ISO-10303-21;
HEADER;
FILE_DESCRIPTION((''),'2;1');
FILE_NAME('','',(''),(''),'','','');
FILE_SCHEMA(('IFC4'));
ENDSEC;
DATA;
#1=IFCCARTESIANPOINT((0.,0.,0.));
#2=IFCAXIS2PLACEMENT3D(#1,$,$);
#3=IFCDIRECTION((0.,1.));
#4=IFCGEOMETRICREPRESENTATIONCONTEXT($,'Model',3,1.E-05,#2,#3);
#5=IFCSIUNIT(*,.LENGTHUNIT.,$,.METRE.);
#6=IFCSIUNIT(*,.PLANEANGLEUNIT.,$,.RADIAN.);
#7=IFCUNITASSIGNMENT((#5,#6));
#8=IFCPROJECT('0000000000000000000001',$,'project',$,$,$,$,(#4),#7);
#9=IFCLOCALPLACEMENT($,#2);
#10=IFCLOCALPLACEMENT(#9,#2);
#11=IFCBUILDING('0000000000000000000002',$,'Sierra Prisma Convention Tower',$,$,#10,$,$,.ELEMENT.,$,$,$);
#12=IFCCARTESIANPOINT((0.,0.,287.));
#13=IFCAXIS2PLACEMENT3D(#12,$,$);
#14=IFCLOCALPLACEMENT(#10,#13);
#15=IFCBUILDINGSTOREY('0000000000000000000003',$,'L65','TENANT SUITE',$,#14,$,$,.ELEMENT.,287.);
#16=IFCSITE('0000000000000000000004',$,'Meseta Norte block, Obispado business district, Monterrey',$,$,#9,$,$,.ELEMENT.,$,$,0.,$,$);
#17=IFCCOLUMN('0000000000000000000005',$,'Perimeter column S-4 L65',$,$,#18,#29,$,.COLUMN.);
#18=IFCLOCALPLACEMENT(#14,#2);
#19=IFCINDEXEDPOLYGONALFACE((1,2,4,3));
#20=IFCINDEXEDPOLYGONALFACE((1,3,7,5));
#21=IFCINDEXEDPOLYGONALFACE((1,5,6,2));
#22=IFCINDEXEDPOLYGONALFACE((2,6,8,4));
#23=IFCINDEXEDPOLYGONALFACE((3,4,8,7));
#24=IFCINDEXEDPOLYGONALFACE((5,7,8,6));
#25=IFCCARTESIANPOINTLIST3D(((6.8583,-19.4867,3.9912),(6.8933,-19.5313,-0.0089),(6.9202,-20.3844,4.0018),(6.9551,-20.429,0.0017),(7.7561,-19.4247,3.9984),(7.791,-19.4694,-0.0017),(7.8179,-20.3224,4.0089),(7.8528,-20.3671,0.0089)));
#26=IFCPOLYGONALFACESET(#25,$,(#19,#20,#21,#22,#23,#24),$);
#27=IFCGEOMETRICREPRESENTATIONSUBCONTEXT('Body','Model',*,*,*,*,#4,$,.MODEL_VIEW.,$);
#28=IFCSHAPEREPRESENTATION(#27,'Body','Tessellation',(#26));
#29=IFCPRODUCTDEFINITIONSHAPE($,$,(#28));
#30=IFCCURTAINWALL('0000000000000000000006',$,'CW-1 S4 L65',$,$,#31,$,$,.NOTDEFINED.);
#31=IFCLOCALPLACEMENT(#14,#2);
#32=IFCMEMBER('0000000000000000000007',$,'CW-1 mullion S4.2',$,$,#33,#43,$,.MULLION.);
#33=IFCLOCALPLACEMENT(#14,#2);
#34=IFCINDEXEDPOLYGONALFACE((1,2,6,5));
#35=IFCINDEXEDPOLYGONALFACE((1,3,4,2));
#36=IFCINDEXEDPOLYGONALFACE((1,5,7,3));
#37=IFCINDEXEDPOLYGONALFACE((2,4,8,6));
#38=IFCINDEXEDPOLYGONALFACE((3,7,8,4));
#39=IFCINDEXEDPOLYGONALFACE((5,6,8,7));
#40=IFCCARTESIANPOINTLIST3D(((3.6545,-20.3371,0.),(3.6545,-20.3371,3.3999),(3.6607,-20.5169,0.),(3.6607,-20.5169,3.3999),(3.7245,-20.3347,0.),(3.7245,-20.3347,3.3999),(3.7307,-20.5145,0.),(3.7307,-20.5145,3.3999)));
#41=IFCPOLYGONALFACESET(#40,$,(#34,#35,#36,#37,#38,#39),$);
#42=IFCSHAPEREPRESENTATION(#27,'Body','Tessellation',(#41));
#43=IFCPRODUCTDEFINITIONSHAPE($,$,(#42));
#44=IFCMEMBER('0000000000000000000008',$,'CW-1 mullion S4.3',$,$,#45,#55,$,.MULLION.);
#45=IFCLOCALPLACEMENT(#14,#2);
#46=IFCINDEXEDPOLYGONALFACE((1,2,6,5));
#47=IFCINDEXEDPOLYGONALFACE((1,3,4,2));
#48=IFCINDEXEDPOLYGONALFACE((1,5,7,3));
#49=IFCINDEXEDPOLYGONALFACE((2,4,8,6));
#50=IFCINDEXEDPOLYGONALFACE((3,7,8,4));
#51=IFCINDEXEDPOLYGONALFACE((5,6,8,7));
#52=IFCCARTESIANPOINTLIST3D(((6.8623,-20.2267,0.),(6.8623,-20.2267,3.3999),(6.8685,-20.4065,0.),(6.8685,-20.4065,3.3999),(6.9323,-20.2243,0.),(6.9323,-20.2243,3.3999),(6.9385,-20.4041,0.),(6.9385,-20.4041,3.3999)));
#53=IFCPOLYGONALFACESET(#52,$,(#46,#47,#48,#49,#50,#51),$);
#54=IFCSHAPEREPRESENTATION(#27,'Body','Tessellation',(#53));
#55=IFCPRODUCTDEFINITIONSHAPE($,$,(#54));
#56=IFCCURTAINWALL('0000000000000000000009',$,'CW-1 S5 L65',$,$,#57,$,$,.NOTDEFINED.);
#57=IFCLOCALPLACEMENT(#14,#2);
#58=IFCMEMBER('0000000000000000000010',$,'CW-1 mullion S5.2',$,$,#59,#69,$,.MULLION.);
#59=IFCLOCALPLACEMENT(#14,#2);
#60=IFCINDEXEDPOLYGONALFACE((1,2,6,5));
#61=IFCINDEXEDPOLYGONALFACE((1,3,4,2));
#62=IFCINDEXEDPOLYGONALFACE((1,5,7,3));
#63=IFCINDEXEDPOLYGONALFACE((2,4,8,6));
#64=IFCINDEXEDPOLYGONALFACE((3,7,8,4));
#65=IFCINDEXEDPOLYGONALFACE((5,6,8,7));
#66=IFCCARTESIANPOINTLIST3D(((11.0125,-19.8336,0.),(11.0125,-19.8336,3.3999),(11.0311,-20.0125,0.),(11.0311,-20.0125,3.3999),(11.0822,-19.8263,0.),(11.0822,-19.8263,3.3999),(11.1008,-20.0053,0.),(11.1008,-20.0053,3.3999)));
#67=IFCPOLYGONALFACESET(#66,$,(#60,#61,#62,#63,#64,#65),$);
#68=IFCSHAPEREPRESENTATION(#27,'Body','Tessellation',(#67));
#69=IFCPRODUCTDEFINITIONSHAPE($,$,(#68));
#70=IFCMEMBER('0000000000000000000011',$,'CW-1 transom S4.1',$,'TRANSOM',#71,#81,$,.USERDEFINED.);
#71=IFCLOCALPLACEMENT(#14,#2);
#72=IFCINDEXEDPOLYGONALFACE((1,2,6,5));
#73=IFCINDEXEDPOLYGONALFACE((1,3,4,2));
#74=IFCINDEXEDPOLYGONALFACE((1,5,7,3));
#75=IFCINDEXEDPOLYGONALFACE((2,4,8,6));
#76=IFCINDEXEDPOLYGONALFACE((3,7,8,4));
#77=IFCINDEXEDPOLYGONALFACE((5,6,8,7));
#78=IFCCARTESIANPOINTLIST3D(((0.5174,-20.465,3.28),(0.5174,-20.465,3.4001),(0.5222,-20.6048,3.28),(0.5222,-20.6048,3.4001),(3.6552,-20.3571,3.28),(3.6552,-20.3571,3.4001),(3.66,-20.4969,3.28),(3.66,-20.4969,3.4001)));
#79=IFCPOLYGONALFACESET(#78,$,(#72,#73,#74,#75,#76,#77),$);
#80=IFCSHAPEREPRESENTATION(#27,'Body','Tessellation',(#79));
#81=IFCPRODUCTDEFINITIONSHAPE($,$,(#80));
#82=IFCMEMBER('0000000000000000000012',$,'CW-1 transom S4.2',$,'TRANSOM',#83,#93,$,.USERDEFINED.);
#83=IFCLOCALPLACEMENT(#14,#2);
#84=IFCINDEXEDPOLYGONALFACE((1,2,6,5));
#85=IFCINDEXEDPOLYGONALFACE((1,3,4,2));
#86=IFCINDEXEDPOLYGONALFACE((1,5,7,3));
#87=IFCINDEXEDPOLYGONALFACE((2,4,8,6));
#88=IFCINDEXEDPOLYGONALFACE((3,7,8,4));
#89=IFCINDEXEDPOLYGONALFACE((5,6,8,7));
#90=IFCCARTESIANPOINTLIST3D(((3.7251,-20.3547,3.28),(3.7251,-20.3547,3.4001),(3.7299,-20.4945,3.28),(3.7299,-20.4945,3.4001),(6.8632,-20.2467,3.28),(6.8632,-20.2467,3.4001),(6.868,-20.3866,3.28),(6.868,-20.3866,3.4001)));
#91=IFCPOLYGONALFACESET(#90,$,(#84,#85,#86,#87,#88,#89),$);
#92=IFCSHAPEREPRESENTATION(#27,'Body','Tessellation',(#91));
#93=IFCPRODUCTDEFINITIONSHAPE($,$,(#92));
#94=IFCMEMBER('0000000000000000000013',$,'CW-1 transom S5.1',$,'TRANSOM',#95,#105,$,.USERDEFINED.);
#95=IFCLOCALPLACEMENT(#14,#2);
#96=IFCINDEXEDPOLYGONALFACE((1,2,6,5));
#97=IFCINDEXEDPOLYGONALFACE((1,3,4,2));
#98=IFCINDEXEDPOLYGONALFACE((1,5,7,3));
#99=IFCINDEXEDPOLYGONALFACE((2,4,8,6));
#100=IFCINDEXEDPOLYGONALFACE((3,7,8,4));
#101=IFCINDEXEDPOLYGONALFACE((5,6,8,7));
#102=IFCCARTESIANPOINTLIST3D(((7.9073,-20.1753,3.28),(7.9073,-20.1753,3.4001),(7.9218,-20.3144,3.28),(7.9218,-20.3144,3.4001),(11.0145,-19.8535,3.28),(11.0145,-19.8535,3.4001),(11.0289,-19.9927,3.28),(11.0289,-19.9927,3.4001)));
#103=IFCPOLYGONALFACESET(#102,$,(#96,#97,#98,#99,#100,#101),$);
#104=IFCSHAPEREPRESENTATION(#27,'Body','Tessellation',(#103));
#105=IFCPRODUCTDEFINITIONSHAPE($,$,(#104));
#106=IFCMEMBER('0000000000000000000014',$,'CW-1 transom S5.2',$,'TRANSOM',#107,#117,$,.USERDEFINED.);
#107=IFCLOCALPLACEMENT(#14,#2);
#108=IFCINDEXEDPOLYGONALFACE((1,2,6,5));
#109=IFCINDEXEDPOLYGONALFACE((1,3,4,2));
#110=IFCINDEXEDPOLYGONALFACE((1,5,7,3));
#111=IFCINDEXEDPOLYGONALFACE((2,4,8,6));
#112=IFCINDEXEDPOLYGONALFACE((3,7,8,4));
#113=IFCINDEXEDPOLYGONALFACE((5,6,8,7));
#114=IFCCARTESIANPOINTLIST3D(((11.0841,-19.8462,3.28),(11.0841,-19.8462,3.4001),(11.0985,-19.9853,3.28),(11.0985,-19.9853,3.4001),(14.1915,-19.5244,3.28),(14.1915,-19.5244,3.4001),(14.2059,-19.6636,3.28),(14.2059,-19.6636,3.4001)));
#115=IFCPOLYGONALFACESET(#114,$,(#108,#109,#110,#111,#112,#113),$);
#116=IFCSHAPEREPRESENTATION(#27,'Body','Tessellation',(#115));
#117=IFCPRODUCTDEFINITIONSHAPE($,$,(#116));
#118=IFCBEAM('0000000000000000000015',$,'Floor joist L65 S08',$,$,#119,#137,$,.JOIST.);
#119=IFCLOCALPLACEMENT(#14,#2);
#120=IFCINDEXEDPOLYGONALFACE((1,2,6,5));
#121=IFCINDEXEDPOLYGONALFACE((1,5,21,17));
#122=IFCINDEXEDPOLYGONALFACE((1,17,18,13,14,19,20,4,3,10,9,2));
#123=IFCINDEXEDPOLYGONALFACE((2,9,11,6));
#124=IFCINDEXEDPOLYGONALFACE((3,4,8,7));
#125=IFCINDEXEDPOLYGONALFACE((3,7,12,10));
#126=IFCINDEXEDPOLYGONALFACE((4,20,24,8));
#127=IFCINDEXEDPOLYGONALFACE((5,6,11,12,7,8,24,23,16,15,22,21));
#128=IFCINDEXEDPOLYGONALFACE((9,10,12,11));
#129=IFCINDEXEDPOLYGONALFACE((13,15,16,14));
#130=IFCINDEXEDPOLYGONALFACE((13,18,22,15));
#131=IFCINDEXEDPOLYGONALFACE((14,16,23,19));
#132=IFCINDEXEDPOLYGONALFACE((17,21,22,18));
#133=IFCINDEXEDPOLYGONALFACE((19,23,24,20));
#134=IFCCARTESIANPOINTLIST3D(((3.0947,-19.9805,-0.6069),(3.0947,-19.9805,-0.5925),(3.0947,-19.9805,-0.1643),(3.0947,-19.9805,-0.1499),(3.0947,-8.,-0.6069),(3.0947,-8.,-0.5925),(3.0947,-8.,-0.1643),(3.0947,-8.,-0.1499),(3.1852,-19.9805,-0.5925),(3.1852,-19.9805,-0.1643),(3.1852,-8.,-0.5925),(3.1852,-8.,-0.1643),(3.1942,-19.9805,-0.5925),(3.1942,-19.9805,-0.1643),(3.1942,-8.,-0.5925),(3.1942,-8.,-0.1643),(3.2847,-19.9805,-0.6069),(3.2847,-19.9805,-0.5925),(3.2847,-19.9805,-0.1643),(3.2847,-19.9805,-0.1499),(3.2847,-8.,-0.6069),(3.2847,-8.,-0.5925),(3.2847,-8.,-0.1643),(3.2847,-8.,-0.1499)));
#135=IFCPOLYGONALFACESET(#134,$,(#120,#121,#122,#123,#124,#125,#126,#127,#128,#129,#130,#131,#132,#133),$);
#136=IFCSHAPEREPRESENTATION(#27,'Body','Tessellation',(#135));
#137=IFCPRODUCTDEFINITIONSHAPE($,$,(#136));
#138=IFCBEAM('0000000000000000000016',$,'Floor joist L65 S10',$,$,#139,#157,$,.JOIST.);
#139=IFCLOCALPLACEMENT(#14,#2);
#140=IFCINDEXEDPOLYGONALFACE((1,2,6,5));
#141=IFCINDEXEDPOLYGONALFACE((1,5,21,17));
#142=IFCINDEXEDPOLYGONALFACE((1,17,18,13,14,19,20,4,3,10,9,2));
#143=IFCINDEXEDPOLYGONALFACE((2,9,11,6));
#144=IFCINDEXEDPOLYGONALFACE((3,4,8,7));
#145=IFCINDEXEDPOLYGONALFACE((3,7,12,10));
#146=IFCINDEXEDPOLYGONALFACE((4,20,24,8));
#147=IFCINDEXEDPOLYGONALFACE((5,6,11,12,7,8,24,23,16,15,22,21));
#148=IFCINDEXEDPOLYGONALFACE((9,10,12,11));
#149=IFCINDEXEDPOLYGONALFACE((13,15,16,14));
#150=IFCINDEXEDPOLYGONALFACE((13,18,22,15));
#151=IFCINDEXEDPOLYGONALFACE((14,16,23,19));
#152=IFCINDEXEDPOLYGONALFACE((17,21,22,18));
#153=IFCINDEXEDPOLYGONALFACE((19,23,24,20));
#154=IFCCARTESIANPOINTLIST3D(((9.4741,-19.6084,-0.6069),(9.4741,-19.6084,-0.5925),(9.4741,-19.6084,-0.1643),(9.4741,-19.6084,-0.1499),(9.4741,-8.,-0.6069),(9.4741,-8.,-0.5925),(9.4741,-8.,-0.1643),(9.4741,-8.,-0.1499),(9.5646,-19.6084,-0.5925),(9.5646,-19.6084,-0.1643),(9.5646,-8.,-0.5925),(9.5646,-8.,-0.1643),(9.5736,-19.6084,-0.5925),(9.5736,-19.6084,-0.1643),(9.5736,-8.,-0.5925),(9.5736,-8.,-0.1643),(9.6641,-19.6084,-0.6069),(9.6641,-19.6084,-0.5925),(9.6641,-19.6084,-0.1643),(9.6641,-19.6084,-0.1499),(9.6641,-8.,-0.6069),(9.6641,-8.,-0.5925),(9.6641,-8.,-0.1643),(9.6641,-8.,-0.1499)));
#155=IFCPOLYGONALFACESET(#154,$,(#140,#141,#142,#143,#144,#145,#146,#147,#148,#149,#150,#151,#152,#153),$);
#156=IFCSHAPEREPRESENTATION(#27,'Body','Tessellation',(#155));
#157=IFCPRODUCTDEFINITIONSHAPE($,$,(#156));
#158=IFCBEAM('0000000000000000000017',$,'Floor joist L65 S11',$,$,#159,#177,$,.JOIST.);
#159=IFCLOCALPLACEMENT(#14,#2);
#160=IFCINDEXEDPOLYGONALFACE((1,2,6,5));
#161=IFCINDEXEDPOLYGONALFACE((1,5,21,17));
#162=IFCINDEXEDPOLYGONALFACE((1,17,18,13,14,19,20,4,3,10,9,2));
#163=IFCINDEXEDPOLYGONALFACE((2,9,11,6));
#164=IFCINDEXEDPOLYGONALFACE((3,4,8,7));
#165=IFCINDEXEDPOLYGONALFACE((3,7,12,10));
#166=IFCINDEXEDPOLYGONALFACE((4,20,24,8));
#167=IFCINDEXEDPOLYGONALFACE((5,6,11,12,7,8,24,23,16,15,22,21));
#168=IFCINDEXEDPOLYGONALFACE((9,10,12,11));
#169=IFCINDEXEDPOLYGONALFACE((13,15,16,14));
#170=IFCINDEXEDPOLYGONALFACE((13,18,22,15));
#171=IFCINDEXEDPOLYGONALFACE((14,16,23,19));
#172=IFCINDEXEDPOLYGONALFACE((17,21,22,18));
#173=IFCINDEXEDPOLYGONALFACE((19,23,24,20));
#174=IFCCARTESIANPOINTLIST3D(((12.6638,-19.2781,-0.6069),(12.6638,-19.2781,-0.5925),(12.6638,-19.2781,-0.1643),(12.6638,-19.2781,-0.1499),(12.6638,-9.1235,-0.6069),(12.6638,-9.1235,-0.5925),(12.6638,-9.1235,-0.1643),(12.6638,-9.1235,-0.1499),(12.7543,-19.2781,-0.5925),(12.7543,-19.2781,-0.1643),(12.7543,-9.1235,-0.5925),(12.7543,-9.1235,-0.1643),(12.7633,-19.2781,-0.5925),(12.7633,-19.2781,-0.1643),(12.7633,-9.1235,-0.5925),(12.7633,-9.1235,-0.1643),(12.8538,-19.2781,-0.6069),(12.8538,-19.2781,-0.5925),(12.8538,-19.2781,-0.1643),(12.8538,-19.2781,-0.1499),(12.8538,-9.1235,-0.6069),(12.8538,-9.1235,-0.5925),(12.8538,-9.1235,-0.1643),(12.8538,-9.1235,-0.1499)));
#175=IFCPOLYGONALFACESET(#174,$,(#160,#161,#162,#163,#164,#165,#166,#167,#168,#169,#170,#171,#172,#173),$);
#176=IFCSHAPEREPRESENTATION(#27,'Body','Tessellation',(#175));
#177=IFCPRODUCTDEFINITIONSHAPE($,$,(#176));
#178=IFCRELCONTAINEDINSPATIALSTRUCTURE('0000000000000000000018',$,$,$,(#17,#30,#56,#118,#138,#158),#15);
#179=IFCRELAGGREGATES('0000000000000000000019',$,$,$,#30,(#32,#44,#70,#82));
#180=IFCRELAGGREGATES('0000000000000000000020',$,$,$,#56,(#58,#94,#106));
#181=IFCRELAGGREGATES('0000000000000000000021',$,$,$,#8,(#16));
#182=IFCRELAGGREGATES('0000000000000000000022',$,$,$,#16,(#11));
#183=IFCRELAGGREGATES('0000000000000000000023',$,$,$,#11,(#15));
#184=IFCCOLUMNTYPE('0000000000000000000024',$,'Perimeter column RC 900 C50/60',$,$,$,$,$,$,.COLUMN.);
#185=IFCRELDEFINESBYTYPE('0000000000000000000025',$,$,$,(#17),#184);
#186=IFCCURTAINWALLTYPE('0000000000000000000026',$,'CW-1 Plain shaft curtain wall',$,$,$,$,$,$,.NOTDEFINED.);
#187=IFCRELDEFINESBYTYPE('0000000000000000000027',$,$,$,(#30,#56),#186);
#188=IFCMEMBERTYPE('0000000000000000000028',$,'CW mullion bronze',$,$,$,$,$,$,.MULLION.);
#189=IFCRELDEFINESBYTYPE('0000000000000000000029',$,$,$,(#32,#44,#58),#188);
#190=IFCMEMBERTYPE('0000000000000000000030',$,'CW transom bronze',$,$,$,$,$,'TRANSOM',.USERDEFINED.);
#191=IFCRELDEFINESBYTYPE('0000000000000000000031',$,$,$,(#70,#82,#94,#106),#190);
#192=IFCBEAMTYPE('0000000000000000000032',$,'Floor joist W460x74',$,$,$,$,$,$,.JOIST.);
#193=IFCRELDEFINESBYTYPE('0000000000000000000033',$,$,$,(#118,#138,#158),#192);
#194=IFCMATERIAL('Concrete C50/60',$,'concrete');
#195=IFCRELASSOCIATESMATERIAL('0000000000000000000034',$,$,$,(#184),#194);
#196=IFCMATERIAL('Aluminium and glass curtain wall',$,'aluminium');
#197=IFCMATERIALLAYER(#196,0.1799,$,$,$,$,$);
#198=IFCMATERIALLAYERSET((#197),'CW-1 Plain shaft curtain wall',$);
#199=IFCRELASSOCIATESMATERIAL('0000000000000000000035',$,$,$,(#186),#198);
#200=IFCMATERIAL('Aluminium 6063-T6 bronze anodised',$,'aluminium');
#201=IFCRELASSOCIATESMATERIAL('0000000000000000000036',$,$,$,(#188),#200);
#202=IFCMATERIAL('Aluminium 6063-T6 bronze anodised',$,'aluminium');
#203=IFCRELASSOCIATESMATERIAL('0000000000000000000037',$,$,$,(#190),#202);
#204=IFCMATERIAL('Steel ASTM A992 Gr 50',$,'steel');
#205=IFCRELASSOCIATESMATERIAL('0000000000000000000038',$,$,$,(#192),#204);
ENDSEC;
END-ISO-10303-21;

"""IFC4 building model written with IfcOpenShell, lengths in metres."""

from ifc_helpers import new_model, si_unit, direction, frame, origin, origin_2d, place, context, subcontext, project, spatial, rectangle, i_section, extrude, material, layer, layer_set, material_profile, profile_set, type_object, element, aggregate, save


model = new_model("IFC4")

# Units and contexts
model_context = context("Model", 3, precision=1e-05, world=origin(), true_north=direction((0.0, 1.0)))
body_context = subcontext(model_context, "Body", "Model", "MODEL_VIEW")
ifc_project = project(units=[si_unit("LENGTHUNIT", "METRE"), si_unit("PLANEANGLEUNIT", "RADIAN")], contexts=[model_context])

# Site, building, storey
site_placement = place(None, origin())
site = spatial("IfcSite", under=ifc_project, at=site_placement, Name="Meseta Norte block, Obispado business district, Monterrey", CompositionType="ELEMENT", RefElevation=0.0)
building_placement = place(site_placement, origin())
building = spatial("IfcBuilding", under=site, at=building_placement, Name="Sierra Prisma Convention Tower", CompositionType="ELEMENT")
storey_placement = place(building_placement, frame((0.0, 0.0, 287.0)))
storey = spatial("IfcBuildingStorey", under=building, at=storey_placement, Name="L65", Description="TENANT SUITE", CompositionType="ELEMENT", Elevation=287.0)

# Column
ifc_material_1 = material(Name="Concrete C50/60", Category="concrete")
ifc_material_profile_1 = material_profile(ifc_material_1, rectangle(XDim=0.8999, YDim=0.8999, at=origin_2d()), Name="Perimeter column RC 900 C50/60")
ifc_profile_set_1 = profile_set([ifc_material_profile_1], Name="Concrete C50/60")
column_type = type_object("IfcColumnType", Name="Perimeter column RC 900 C50/60", PredefinedType="COLUMN", material=ifc_profile_set_1)
column_placement = place(storey_placement, frame((7.373, -19.9492, 0.0), z_axis=(-0.008727, 0.011168, 0.9999), x_axis=(0.997597, 0.068824, 0.007938)))
element("IfcColumn", 1, at=column_placement, inside=storey, type_object=column_type, Name="Perimeter column S-4 L65", PredefinedType="COLUMN", context=body_context, shape_type="SweptSolid", body=[
    extrude(rectangle(XDim=0.8999, YDim=0.8999, at=origin_2d()), origin(), (0.0, 0.0, 1.0), 4.0005),
])

# Curtain wall, members
ifc_material_2 = material(Name="Aluminium and glass curtain wall", Category="aluminium")
ifc_layer_1 = layer(ifc_material_2, 0.1799)
ifc_layer_set_1 = layer_set([ifc_layer_1], Name="CW-1 Plain shaft curtain wall")
curtain_wall_type = type_object("IfcCurtainWallType", Name="CW-1 Plain shaft curtain wall", PredefinedType="NOTDEFINED", material=ifc_layer_set_1)
curtain_wall_1_placement = place(storey_placement, origin())
curtain_wall_1 = element("IfcCurtainWall", 2, at=curtain_wall_1_placement, inside=storey, type_object=curtain_wall_type, Name="CW-1 S4 L65", PredefinedType="NOTDEFINED")
ifc_material_3 = material(Name="Aluminium 6063-T6 bronze anodised", Category="aluminium")
ifc_material_profile_2 = material_profile(ifc_material_3, rectangle(XDim=0.1799, YDim=0.0701, at=origin_2d()), Name="ALU MULLION 70x180")
ifc_profile_set_2 = profile_set([ifc_material_profile_2], Name="Aluminium 6063-T6 bronze anodised")
member_type_1 = type_object("IfcMemberType", Name="CW mullion bronze", PredefinedType="MULLION", material=ifc_profile_set_2)
member_1_placement = place(storey_placement, frame((3.6926, -20.4258, 0.0), z_axis=(0.0, 0.0, 1.0), x_axis=(-0.034386, 0.999409, 0.0)))
member_1 = element("IfcMember", 3, at=member_1_placement, type_object=member_type_1, Name="CW-1 mullion S4.2", PredefinedType="MULLION", context=body_context, shape_type="SweptSolid", body=[
    extrude(rectangle(XDim=0.1799, YDim=0.0701, at=origin_2d()), origin(), (0.0, 0.0, 1.0), 3.3999),
])
member_2_placement = place(storey_placement, frame((6.9004, -20.3154, 0.0), z_axis=(0.0, 0.0, 1.0), x_axis=(-0.034386, 0.999409, 0.0)))
member_2 = element("IfcMember", 4, at=member_2_placement, type_object=member_type_1, Name="CW-1 mullion S4.3", PredefinedType="MULLION", context=body_context, shape_type="SweptSolid", body=[
    extrude(rectangle(XDim=0.1799, YDim=0.0701, at=origin_2d()), origin(), (0.0, 0.0, 1.0), 3.3999),
])

# Curtain wall, member
curtain_wall_2_placement = place(storey_placement, origin())
curtain_wall_2 = element("IfcCurtainWall", 5, at=curtain_wall_2_placement, inside=storey, type_object=curtain_wall_type, Name="CW-1 S5 L65", PredefinedType="NOTDEFINED")
member_3_placement = place(storey_placement, frame((11.0566, -19.9194, 0.0), z_axis=(0.0, 0.0, 1.0), x_axis=(-0.102994, 0.994682, 0.0)))
member_3 = element("IfcMember", 6, at=member_3_placement, type_object=member_type_1, Name="CW-1 mullion S5.2", PredefinedType="MULLION", context=body_context, shape_type="SweptSolid", body=[
    extrude(rectangle(XDim=0.1799, YDim=0.0701, at=origin_2d()), origin(), (0.0, 0.0, 1.0), 3.3999),
])

# Members
ifc_material_4 = material(Name="Aluminium 6063-T6 bronze anodised", Category="aluminium")
ifc_material_profile_3 = material_profile(ifc_material_4, rectangle(XDim=0.1399, YDim=0.1201, at=origin_2d()), Name="ALU TRANSOM 120x140")
ifc_profile_set_3 = profile_set([ifc_material_profile_3], Name="Aluminium 6063-T6 bronze anodised")
member_type_2 = type_object("IfcMemberType", Name="CW transom bronze", ElementType="TRANSOM", PredefinedType="USERDEFINED", material=ifc_profile_set_3)
member_4_placement = place(storey_placement, frame((0.5198, -20.5349, 3.3401), z_axis=(0.999409, 0.034371, 0.0), x_axis=(-0.034371, 0.999409, 0.0)))
member_4 = element("IfcMember", 7, at=member_4_placement, type_object=member_type_2, Name="CW-1 transom S4.1", ObjectType="TRANSOM", PredefinedType="USERDEFINED", context=body_context, shape_type="SweptSolid", body=[
    extrude(rectangle(XDim=0.1399, YDim=0.1201, at=origin_2d()), origin(), (0.0, 0.0, 1.0), 3.1396),
])
member_5_placement = place(storey_placement, frame((3.7275, -20.4246, 3.3401), z_axis=(0.999409, 0.034369, 0.0), x_axis=(-0.034369, 0.999409, 0.0)))
member_5 = element("IfcMember", 8, at=member_5_placement, type_object=member_type_2, Name="CW-1 transom S4.2", ObjectType="TRANSOM", PredefinedType="USERDEFINED", context=body_context, shape_type="SweptSolid", body=[
    extrude(rectangle(XDim=0.1399, YDim=0.1201, at=origin_2d()), origin(), (0.0, 0.0, 1.0), 3.1399),
])
member_6_placement = place(storey_placement, frame((7.9146, -20.2449, 3.3401), z_axis=(0.99468, 0.103008, 0.0), x_axis=(-0.103008, 0.99468, 0.0)))
member_6 = element("IfcMember", 9, at=member_6_placement, type_object=member_type_2, Name="CW-1 transom S5.1", ObjectType="TRANSOM", PredefinedType="USERDEFINED", context=body_context, shape_type="SweptSolid", body=[
    extrude(rectangle(XDim=0.1399, YDim=0.1201, at=origin_2d()), origin(), (0.0, 0.0, 1.0), 3.1238),
])
member_7_placement = place(storey_placement, frame((11.0913, -19.9158, 3.3401), z_axis=(0.994681, 0.103, 0.0), x_axis=(-0.103, 0.994681, 0.0)))
member_7 = element("IfcMember", 10, at=member_7_placement, type_object=member_type_2, Name="CW-1 transom S5.2", ObjectType="TRANSOM", PredefinedType="USERDEFINED", context=body_context, shape_type="SweptSolid", body=[
    extrude(rectangle(XDim=0.1399, YDim=0.1201, at=origin_2d()), origin(), (0.0, 0.0, 1.0), 3.124),
])

# Beams
ifc_material_5 = material(Name="Steel ASTM A992 Gr 50", Category="steel")
ifc_material_profile_4 = material_profile(ifc_material_5, i_section(OverallWidth=0.1899, OverallDepth=0.457, WebThickness=0.009, FlangeThickness=0.0144, at=origin_2d()), Name="W460x74")
ifc_profile_set_4 = profile_set([ifc_material_profile_4], Name="Steel ASTM A992 Gr 50")
beam_type_1 = type_object("IfcBeamType", Name="Floor joist W460x74", PredefinedType="JOIST", material=ifc_profile_set_4)
beam_1_placement = place(storey_placement, frame((3.1897, -19.9805, -0.3784), z_axis=(0.0, 1.0, 0.0), x_axis=(-1.0, 0.0, 0.0)))
element("IfcBeam", 11, at=beam_1_placement, inside=storey, type_object=beam_type_1, Name="Floor joist L65 S08", PredefinedType="JOIST", context=body_context, shape_type="SweptSolid", body=[
    extrude(i_section(OverallWidth=0.1899, OverallDepth=0.457, WebThickness=0.009, FlangeThickness=0.0144, at=origin_2d()), origin(), (0.0, 0.0, 1.0), 11.9805),
])
beam_2_placement = place(storey_placement, frame((9.5691, -19.6084, -0.3784), z_axis=(0.0, 1.0, 0.0), x_axis=(-1.0, 0.0, 0.0)))
element("IfcBeam", 12, at=beam_2_placement, inside=storey, type_object=beam_type_1, Name="Floor joist L65 S10", PredefinedType="JOIST", context=body_context, shape_type="SweptSolid", body=[
    extrude(i_section(OverallWidth=0.1899, OverallDepth=0.457, WebThickness=0.009, FlangeThickness=0.0144, at=origin_2d()), origin(), (0.0, 0.0, 1.0), 11.6084),
])
beam_3_placement = place(storey_placement, frame((12.7588, -19.2781, -0.3784), z_axis=(0.0, 1.0, 0.0), x_axis=(-1.0, 0.0, 0.0)))
element("IfcBeam", 13, at=beam_3_placement, inside=storey, type_object=beam_type_1, Name="Floor joist L65 S11", PredefinedType="JOIST", context=body_context, shape_type="SweptSolid", body=[
    extrude(i_section(OverallWidth=0.1899, OverallDepth=0.457, WebThickness=0.009, FlangeThickness=0.0144, at=origin_2d()), origin(), (0.0, 0.0, 1.0), 10.1545),
])

aggregate(curtain_wall_1, [member_1, member_2, member_4, member_5])
aggregate(curtain_wall_2, [member_3, member_6, member_7])

save(model, "model.ifc")
